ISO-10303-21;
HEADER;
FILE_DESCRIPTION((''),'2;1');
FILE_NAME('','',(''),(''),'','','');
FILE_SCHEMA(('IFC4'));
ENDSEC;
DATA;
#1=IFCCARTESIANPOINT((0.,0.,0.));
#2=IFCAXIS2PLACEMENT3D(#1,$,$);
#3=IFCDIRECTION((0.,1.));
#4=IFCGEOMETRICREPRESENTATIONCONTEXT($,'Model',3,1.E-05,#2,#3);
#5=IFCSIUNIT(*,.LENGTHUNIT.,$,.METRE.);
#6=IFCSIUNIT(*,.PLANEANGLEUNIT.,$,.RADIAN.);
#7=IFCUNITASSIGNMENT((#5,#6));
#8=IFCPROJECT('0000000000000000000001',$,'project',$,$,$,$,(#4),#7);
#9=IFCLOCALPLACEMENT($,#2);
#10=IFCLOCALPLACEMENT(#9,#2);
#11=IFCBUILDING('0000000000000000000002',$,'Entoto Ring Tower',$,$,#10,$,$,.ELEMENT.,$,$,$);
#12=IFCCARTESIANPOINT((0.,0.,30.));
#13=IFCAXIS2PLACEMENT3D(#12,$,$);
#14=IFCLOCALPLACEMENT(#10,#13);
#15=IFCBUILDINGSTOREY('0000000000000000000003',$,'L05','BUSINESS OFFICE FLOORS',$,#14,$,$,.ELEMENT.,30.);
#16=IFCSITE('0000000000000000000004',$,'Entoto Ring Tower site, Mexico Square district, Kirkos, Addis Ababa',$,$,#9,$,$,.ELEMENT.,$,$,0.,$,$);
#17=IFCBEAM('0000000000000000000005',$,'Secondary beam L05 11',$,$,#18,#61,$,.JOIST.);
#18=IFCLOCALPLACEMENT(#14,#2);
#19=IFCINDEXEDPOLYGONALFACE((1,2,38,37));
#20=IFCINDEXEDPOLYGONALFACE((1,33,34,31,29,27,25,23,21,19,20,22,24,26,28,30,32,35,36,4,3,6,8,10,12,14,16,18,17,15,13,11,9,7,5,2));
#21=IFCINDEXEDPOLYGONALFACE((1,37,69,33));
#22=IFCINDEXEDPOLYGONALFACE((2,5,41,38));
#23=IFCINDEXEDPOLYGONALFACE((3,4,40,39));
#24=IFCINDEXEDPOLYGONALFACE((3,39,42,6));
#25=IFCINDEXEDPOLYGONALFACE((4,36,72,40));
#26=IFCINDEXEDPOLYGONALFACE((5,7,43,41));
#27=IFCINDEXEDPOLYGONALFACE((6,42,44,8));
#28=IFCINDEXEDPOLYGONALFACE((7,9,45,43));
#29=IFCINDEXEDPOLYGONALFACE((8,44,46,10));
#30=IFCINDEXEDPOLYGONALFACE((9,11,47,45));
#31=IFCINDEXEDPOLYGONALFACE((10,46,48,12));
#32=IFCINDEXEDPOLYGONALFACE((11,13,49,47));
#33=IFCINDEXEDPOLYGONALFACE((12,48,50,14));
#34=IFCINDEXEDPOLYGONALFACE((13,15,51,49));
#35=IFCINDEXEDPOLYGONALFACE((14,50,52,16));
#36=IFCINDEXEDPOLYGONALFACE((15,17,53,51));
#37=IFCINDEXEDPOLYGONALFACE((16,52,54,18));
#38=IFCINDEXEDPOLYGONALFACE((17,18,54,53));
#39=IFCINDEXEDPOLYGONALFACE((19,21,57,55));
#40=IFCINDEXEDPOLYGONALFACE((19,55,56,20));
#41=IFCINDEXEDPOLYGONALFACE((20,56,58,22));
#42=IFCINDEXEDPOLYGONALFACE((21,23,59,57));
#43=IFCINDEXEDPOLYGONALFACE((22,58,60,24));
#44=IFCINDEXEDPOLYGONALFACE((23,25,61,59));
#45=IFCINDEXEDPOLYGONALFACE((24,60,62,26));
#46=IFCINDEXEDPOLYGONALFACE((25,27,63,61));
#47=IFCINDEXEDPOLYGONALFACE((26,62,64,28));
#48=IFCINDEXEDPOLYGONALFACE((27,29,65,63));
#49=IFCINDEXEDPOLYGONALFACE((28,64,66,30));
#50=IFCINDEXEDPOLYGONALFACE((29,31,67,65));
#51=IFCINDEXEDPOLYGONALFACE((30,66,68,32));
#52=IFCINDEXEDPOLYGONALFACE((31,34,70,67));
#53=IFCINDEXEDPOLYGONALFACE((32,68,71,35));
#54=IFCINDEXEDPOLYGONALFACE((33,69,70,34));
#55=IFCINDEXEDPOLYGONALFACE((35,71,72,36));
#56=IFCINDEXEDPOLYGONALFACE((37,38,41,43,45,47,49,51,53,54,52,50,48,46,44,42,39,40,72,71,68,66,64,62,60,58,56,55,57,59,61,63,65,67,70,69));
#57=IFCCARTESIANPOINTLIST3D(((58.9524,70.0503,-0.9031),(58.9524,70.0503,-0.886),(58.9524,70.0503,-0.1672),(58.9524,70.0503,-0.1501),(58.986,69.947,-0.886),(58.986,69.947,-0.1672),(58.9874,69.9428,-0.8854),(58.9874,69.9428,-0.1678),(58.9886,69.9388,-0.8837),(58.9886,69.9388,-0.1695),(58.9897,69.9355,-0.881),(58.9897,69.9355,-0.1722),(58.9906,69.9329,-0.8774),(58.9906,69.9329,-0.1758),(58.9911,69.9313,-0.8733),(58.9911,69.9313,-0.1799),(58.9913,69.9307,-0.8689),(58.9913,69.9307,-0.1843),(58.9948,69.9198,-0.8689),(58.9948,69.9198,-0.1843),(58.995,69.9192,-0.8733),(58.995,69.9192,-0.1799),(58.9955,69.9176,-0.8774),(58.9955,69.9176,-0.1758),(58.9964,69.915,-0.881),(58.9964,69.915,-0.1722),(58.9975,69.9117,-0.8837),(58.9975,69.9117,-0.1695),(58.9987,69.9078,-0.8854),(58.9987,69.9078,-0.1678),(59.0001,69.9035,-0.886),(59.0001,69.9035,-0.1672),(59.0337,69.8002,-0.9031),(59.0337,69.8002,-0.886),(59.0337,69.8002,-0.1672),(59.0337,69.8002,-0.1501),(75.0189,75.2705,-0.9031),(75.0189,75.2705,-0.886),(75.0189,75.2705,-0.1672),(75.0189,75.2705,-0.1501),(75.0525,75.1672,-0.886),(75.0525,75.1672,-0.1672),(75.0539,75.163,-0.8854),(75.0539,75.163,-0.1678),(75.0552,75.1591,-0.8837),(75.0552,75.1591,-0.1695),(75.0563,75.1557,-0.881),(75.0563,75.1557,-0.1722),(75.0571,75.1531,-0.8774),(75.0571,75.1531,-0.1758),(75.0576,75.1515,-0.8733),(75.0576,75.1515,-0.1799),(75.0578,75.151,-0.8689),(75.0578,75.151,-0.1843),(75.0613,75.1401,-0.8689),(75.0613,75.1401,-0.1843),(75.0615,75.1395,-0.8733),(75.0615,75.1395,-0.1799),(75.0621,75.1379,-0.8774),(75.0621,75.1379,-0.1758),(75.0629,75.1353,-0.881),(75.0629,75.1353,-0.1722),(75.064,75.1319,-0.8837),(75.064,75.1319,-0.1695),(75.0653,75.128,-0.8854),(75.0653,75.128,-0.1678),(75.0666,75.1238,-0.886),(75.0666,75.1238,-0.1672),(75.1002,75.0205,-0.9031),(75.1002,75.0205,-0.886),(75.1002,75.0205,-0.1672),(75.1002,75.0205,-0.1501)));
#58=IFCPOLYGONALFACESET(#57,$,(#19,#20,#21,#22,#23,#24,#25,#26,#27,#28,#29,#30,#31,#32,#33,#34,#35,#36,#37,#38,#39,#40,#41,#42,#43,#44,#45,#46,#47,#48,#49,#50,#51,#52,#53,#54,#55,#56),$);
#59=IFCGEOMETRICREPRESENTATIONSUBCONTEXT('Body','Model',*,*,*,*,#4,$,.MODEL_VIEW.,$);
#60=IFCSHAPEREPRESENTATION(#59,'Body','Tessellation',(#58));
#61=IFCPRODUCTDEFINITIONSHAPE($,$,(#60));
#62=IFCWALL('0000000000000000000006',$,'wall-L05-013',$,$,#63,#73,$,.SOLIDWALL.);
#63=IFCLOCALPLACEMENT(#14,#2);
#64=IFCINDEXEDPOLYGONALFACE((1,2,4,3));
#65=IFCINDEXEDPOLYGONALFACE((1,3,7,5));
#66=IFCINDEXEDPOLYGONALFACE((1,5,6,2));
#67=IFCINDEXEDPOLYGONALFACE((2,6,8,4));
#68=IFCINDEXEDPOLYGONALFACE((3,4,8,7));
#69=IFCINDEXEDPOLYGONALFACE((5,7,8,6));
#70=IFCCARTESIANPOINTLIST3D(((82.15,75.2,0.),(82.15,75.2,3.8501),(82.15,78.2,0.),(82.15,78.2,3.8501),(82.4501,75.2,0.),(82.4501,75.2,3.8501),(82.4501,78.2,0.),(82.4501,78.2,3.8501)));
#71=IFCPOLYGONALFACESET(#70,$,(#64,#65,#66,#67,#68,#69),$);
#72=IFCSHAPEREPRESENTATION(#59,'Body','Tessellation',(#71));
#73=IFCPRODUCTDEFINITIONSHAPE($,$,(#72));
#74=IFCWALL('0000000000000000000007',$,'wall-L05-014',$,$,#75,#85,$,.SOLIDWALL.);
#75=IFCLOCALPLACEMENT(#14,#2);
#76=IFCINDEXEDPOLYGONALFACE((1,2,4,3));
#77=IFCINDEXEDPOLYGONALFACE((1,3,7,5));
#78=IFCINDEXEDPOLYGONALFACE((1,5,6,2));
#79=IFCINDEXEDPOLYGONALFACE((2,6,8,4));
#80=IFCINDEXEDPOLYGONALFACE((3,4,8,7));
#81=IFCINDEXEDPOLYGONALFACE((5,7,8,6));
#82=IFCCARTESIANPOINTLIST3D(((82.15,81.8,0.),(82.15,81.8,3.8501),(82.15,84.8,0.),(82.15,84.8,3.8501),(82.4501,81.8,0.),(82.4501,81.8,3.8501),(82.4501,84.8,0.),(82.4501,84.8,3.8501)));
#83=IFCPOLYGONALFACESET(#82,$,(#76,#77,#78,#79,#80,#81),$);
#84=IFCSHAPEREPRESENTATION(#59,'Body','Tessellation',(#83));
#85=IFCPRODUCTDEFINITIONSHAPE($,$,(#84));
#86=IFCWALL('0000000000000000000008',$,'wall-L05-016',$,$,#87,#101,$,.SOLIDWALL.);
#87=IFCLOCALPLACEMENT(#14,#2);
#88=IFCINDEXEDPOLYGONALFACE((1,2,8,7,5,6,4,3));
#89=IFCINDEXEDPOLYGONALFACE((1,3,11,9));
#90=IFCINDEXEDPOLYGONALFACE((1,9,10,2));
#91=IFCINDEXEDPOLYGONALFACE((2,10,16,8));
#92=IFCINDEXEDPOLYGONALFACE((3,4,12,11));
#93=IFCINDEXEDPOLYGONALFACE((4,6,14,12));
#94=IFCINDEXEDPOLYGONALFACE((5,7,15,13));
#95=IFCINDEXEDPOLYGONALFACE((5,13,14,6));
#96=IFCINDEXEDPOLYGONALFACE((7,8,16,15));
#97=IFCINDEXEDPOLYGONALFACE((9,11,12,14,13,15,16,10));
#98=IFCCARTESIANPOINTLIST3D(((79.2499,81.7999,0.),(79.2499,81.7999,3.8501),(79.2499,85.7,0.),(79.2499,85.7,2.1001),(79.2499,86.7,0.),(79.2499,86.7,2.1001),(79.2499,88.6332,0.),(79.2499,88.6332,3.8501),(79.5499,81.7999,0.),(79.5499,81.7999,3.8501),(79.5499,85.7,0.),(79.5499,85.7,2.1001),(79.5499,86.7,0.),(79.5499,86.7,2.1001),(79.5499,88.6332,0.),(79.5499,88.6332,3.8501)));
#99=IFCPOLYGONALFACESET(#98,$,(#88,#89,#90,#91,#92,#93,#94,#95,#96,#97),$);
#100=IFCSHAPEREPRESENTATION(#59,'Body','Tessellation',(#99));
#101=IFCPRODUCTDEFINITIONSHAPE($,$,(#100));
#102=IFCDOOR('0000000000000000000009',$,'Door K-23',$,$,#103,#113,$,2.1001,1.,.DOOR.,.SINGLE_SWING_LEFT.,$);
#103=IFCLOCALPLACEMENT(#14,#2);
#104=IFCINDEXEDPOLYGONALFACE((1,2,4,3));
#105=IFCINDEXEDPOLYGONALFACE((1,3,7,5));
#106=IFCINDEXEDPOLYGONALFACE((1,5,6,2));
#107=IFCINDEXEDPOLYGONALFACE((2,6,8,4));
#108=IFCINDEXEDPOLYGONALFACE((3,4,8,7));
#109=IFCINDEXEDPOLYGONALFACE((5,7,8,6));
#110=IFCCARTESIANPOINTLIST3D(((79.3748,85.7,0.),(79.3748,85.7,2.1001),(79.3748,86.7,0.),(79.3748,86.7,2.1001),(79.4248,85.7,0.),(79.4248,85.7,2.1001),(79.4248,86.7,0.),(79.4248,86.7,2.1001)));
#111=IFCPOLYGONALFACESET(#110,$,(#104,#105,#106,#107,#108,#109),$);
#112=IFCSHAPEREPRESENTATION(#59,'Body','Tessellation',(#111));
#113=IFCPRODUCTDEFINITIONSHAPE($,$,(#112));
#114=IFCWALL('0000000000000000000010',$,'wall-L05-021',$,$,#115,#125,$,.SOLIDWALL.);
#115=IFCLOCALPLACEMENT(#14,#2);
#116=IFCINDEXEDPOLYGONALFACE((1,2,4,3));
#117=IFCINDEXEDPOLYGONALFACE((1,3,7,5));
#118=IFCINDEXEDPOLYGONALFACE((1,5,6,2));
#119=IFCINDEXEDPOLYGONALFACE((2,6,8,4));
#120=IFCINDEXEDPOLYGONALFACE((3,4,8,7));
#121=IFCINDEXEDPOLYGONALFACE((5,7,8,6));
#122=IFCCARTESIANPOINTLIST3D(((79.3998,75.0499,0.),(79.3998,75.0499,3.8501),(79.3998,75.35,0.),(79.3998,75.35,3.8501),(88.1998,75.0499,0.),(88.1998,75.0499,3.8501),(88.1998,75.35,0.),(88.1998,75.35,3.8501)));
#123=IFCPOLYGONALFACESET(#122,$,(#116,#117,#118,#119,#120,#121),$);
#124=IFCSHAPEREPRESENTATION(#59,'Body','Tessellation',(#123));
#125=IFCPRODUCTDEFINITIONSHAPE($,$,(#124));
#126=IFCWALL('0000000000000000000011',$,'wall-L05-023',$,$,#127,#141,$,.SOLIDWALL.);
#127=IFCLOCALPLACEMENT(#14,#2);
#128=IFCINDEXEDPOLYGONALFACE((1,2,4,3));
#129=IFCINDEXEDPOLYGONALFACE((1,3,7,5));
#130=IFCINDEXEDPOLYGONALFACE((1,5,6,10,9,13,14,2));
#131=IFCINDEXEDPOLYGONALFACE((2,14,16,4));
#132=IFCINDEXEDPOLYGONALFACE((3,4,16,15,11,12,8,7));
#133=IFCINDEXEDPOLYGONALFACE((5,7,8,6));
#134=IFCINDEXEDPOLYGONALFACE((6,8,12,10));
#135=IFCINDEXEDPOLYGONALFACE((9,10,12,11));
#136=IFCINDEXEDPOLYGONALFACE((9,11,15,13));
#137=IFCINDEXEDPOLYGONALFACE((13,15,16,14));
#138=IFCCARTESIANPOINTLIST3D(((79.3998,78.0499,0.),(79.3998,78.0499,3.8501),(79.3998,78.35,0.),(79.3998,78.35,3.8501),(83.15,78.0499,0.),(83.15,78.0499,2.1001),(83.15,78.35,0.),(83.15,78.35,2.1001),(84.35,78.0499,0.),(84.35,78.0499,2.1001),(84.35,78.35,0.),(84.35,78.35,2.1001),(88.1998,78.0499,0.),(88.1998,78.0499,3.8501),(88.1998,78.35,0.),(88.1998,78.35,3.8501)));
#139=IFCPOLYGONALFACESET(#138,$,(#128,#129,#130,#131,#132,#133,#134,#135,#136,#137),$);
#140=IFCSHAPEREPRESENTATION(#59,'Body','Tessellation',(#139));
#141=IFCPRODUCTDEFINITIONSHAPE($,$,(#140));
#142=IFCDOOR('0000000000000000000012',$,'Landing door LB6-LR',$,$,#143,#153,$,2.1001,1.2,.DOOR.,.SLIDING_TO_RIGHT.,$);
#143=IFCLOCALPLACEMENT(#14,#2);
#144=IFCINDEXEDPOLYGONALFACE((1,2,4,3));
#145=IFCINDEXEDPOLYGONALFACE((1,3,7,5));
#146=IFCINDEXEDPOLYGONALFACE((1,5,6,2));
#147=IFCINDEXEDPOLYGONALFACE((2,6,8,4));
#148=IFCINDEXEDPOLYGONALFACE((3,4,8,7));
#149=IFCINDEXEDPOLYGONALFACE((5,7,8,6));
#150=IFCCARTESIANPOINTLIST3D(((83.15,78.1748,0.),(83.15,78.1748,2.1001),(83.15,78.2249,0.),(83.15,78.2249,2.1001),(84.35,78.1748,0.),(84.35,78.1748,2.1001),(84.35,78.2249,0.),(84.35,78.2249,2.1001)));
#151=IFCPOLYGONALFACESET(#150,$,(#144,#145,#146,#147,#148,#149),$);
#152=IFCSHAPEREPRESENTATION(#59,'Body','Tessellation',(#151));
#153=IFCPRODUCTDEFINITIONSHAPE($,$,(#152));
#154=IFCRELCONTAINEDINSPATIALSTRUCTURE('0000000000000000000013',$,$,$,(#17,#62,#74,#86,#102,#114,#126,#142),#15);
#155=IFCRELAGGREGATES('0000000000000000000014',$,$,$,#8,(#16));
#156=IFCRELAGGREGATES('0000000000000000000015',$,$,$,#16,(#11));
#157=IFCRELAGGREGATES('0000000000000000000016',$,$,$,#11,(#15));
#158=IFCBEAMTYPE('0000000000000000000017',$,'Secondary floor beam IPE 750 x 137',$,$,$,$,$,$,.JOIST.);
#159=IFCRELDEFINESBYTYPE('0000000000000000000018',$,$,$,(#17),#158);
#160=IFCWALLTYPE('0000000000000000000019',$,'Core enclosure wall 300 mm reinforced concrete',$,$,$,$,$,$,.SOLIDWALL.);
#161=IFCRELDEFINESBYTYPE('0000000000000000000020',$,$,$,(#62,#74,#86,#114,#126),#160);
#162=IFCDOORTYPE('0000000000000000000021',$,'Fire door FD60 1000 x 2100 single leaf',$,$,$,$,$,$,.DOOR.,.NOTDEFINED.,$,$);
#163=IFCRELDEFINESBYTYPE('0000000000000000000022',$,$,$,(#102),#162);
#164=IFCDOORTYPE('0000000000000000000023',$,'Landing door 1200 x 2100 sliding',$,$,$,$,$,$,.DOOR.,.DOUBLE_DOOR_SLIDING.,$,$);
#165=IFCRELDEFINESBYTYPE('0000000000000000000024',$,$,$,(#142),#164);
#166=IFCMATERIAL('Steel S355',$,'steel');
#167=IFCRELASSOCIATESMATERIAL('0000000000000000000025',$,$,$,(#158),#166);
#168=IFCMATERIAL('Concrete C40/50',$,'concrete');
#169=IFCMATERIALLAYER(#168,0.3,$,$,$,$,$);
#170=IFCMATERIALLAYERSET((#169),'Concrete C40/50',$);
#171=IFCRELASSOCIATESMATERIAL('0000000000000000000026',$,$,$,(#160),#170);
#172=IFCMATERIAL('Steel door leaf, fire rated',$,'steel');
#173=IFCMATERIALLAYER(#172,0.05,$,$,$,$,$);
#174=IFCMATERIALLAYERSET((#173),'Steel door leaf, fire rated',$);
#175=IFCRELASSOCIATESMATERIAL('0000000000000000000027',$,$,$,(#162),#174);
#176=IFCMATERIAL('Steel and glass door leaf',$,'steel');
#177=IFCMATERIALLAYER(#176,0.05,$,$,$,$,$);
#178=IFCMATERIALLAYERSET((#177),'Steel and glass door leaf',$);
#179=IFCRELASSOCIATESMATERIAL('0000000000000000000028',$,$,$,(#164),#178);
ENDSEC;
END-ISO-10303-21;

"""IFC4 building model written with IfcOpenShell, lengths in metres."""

from ifc_helpers import new_model, si_unit, direction, frame, frame_2d, origin, origin_2d, place, context, subcontext, project, spatial, rectangle, i_section, extrude, material, layer, layer_set, material_profile, profile_set, type_object, element, fill, save


model = new_model("IFC4")

# Units and contexts
model_context = context("Model", 3, precision=1e-05, world=origin(), true_north=direction((0.0, 1.0)))
body_context = subcontext(model_context, "Body", "Model", "MODEL_VIEW")
ifc_project = project(units=[si_unit("LENGTHUNIT", "METRE"), si_unit("PLANEANGLEUNIT", "RADIAN")], contexts=[model_context])

# Site, building, storey
site_placement = place(None, origin())
site = spatial("IfcSite", under=ifc_project, at=site_placement, Name="Entoto Ring Tower site, Mexico Square district, Kirkos, Addis Ababa", CompositionType="ELEMENT", RefElevation=0.0)
building_placement = place(site_placement, origin())
building = spatial("IfcBuilding", under=site, at=building_placement, Name="Entoto Ring Tower", CompositionType="ELEMENT")
storey_placement = place(building_placement, frame((0.0, 0.0, 30.0)))
storey = spatial("IfcBuildingStorey", under=building, at=storey_placement, Name="L05", Description="BUSINESS OFFICE FLOORS", CompositionType="ELEMENT", Elevation=30.0)

# Beam
ifc_material_1 = material(Name="Steel S355", Category="steel")
ifc_material_profile_1 = material_profile(ifc_material_1, i_section(OverallWidth=0.2629, OverallDepth=0.7529, WebThickness=0.0115, FlangeThickness=0.0171, FilletRadius=0.0171, at=origin_2d()), Name="IPE 750 x 137")
ifc_profile_set_1 = profile_set([ifc_material_profile_1], Name="Steel S355")
beam_type_1 = type_object("IfcBeamType", Name="Secondary floor beam IPE 750 x 137", PredefinedType="JOIST", material=ifc_profile_set_1)
beam_1_placement = place(storey_placement, frame((75.0596, 75.1455, -0.5266), z_axis=(-0.951058, -0.309013, 0.0), x_axis=(0.309013, -0.951058, 0.0)))
element("IfcBeam", 1, at=beam_1_placement, inside=storey, type_object=beam_type_1, Name="Secondary beam L05 11", PredefinedType="JOIST", context=body_context, shape_type="SweptSolid", body=[
    extrude(i_section(OverallWidth=0.2629, OverallDepth=0.7529, WebThickness=0.0115, FlangeThickness=0.0171, FilletRadius=0.0171, at=origin_2d()), origin(), (0.0, 0.0, 1.0), 16.8933),
])

# Walls
ifc_material_2 = material(Name="Concrete C40/50", Category="concrete")
ifc_layer_1 = layer(ifc_material_2, 0.3)
ifc_layer_set_1 = layer_set([ifc_layer_1], Name="Concrete C40/50")
wall_type_1 = type_object("IfcWallType", Name="Core enclosure wall 300 mm reinforced concrete", PredefinedType="SOLIDWALL", material=ifc_layer_set_1)
for number, where, z_axis, x_axis, name in (
    (2, (82.3, 75.2, 0.0), (0.0, 0.0, 1.0), (0.0, 1.0, 0.0), "wall-L05-013"),
    (3, (82.3, 81.8, 0.0), (0.0, 0.0, 1.0), (0.0, 1.0, 0.0), "wall-L05-014"),
):
    element("IfcWall", number, at=place(storey_placement, frame(where, z_axis=z_axis, x_axis=x_axis)), inside=storey, type_object=wall_type_1, Name=name, PredefinedType="SOLIDWALL", context=body_context, shape_type="SweptSolid", body=[
        extrude(rectangle(XDim=3.0, YDim=0.3, at=frame_2d((1.5, 0.0))), origin(), (0.0, 0.0, 1.0), 3.8501),
    ])

# Wall, opening, door
wall_1_placement = place(storey_placement, frame((79.3999, 81.8, 0.0), z_axis=(0.0, 0.0, 1.0), x_axis=(0.0, 1.0, 0.0)))
wall_1 = element("IfcWall", 4, at=wall_1_placement, inside=storey, type_object=wall_type_1, Name="wall-L05-016", PredefinedType="SOLIDWALL", context=body_context, shape_type="SweptSolid", body=[
    extrude(rectangle(XDim=6.8333, YDim=0.3, at=frame_2d((3.4165, 0.0))), origin(), (0.0, 0.0, 1.0), 3.8501),
])
opening_1_placement = place(wall_1_placement, frame((3.8999, 0.0, 0.0)))
opening_1 = element("IfcOpeningElement", 5, at=opening_1_placement, cuts=wall_1, PredefinedType="OPENING", context=body_context, shape_type="SweptSolid", body=[
    extrude(rectangle(XDim=1.0, YDim=2.1001, at=frame_2d((0.5, 1.05))), frame((0.0, 0.1602, 0.0), z_axis=(0.0, -1.0, 0.0), x_axis=(1.0, 0.0, 0.0)), (0.0, 0.0, 1.0), 0.3201),
])
ifc_material_3 = material(Name="Steel door leaf, fire rated", Category="steel")
ifc_layer_2 = layer(ifc_material_3, 0.05)
ifc_layer_set_2 = layer_set([ifc_layer_2], Name="Steel door leaf, fire rated")
door_type_1 = type_object("IfcDoorType", Name="Fire door FD60 1000 x 2100 single leaf", OperationType="NOTDEFINED", PredefinedType="DOOR", material=ifc_layer_set_2)
door_1_placement = place(opening_1_placement, frame((1.0, 0.0, 0.0), z_axis=(0.0, 0.0, 1.0), x_axis=(-1.0, 0.0, 0.0)))
door_1 = element("IfcDoor", 6, at=door_1_placement, inside=storey, type_object=door_type_1, Name="Door K-23", OperationType="SINGLE_SWING_LEFT", OverallHeight=2.1001, OverallWidth=1.0, PredefinedType="DOOR", context=body_context, shape_type="SweptSolid", body=[
    extrude(rectangle(XDim=1.0, YDim=2.1001, at=frame_2d((0.5, 1.05))), frame((0.0, 0.0249, 0.0), z_axis=(0.0, -1.0, 0.0), x_axis=(1.0, 0.0, 0.0)), (0.0, 0.0, 1.0), 0.05),
])
fill(opening_1, door_1)

# Wall
wall_2_placement = place(storey_placement, frame((79.3999, 75.2, 0.0), z_axis=(0.0, 0.0, 1.0), x_axis=(1.0, 0.0, 0.0)))
element("IfcWall", 7, at=wall_2_placement, inside=storey, type_object=wall_type_1, Name="wall-L05-021", PredefinedType="SOLIDWALL", context=body_context, shape_type="SweptSolid", body=[
    extrude(rectangle(XDim=8.8, YDim=0.3, at=frame_2d((4.3999, 0.0))), origin(), (0.0, 0.0, 1.0), 3.8501),
])

# Wall, opening, door
wall_3_placement = place(storey_placement, frame((79.3999, 78.2, 0.0), z_axis=(0.0, 0.0, 1.0), x_axis=(1.0, 0.0, 0.0)))
wall_3 = element("IfcWall", 8, at=wall_3_placement, inside=storey, type_object=wall_type_1, Name="wall-L05-023", PredefinedType="SOLIDWALL", context=body_context, shape_type="SweptSolid", body=[
    extrude(rectangle(XDim=8.8, YDim=0.3, at=frame_2d((4.3999, 0.0))), origin(), (0.0, 0.0, 1.0), 3.8501),
])
opening_2_placement = place(wall_3_placement, frame((3.75, 0.0, 0.0)))
opening_2 = element("IfcOpeningElement", 9, at=opening_2_placement, cuts=wall_3, PredefinedType="OPENING", context=body_context, shape_type="SweptSolid", body=[
    extrude(rectangle(XDim=1.2, YDim=2.1001, at=frame_2d((0.6001, 1.05))), frame((0.0, 0.1602, 0.0), z_axis=(0.0, -1.0, 0.0), x_axis=(1.0, 0.0, 0.0)), (0.0, 0.0, 1.0), 0.3201),
])
ifc_material_4 = material(Name="Steel and glass door leaf", Category="steel")
ifc_layer_3 = layer(ifc_material_4, 0.05)
ifc_layer_set_3 = layer_set([ifc_layer_3], Name="Steel and glass door leaf")
door_type_2 = type_object("IfcDoorType", Name="Landing door 1200 x 2100 sliding", OperationType="DOUBLE_DOOR_SLIDING", PredefinedType="DOOR", material=ifc_layer_set_3)
door_2_placement = place(opening_2_placement, origin())
door_2 = element("IfcDoor", 10, at=door_2_placement, inside=storey, type_object=door_type_2, Name="Landing door LB6-LR", OperationType="SLIDING_TO_RIGHT", OverallHeight=2.1001, OverallWidth=1.2, PredefinedType="DOOR", context=body_context, shape_type="SweptSolid", body=[
    extrude(rectangle(XDim=1.2, YDim=2.1001, at=frame_2d((0.6001, 1.05))), frame((0.0, 0.0249, 0.0), z_axis=(0.0, -1.0, 0.0), x_axis=(1.0, 0.0, 0.0)), (0.0, 0.0, 1.0), 0.05),
])
fill(opening_2, door_2)

save(model, "model.ifc")
